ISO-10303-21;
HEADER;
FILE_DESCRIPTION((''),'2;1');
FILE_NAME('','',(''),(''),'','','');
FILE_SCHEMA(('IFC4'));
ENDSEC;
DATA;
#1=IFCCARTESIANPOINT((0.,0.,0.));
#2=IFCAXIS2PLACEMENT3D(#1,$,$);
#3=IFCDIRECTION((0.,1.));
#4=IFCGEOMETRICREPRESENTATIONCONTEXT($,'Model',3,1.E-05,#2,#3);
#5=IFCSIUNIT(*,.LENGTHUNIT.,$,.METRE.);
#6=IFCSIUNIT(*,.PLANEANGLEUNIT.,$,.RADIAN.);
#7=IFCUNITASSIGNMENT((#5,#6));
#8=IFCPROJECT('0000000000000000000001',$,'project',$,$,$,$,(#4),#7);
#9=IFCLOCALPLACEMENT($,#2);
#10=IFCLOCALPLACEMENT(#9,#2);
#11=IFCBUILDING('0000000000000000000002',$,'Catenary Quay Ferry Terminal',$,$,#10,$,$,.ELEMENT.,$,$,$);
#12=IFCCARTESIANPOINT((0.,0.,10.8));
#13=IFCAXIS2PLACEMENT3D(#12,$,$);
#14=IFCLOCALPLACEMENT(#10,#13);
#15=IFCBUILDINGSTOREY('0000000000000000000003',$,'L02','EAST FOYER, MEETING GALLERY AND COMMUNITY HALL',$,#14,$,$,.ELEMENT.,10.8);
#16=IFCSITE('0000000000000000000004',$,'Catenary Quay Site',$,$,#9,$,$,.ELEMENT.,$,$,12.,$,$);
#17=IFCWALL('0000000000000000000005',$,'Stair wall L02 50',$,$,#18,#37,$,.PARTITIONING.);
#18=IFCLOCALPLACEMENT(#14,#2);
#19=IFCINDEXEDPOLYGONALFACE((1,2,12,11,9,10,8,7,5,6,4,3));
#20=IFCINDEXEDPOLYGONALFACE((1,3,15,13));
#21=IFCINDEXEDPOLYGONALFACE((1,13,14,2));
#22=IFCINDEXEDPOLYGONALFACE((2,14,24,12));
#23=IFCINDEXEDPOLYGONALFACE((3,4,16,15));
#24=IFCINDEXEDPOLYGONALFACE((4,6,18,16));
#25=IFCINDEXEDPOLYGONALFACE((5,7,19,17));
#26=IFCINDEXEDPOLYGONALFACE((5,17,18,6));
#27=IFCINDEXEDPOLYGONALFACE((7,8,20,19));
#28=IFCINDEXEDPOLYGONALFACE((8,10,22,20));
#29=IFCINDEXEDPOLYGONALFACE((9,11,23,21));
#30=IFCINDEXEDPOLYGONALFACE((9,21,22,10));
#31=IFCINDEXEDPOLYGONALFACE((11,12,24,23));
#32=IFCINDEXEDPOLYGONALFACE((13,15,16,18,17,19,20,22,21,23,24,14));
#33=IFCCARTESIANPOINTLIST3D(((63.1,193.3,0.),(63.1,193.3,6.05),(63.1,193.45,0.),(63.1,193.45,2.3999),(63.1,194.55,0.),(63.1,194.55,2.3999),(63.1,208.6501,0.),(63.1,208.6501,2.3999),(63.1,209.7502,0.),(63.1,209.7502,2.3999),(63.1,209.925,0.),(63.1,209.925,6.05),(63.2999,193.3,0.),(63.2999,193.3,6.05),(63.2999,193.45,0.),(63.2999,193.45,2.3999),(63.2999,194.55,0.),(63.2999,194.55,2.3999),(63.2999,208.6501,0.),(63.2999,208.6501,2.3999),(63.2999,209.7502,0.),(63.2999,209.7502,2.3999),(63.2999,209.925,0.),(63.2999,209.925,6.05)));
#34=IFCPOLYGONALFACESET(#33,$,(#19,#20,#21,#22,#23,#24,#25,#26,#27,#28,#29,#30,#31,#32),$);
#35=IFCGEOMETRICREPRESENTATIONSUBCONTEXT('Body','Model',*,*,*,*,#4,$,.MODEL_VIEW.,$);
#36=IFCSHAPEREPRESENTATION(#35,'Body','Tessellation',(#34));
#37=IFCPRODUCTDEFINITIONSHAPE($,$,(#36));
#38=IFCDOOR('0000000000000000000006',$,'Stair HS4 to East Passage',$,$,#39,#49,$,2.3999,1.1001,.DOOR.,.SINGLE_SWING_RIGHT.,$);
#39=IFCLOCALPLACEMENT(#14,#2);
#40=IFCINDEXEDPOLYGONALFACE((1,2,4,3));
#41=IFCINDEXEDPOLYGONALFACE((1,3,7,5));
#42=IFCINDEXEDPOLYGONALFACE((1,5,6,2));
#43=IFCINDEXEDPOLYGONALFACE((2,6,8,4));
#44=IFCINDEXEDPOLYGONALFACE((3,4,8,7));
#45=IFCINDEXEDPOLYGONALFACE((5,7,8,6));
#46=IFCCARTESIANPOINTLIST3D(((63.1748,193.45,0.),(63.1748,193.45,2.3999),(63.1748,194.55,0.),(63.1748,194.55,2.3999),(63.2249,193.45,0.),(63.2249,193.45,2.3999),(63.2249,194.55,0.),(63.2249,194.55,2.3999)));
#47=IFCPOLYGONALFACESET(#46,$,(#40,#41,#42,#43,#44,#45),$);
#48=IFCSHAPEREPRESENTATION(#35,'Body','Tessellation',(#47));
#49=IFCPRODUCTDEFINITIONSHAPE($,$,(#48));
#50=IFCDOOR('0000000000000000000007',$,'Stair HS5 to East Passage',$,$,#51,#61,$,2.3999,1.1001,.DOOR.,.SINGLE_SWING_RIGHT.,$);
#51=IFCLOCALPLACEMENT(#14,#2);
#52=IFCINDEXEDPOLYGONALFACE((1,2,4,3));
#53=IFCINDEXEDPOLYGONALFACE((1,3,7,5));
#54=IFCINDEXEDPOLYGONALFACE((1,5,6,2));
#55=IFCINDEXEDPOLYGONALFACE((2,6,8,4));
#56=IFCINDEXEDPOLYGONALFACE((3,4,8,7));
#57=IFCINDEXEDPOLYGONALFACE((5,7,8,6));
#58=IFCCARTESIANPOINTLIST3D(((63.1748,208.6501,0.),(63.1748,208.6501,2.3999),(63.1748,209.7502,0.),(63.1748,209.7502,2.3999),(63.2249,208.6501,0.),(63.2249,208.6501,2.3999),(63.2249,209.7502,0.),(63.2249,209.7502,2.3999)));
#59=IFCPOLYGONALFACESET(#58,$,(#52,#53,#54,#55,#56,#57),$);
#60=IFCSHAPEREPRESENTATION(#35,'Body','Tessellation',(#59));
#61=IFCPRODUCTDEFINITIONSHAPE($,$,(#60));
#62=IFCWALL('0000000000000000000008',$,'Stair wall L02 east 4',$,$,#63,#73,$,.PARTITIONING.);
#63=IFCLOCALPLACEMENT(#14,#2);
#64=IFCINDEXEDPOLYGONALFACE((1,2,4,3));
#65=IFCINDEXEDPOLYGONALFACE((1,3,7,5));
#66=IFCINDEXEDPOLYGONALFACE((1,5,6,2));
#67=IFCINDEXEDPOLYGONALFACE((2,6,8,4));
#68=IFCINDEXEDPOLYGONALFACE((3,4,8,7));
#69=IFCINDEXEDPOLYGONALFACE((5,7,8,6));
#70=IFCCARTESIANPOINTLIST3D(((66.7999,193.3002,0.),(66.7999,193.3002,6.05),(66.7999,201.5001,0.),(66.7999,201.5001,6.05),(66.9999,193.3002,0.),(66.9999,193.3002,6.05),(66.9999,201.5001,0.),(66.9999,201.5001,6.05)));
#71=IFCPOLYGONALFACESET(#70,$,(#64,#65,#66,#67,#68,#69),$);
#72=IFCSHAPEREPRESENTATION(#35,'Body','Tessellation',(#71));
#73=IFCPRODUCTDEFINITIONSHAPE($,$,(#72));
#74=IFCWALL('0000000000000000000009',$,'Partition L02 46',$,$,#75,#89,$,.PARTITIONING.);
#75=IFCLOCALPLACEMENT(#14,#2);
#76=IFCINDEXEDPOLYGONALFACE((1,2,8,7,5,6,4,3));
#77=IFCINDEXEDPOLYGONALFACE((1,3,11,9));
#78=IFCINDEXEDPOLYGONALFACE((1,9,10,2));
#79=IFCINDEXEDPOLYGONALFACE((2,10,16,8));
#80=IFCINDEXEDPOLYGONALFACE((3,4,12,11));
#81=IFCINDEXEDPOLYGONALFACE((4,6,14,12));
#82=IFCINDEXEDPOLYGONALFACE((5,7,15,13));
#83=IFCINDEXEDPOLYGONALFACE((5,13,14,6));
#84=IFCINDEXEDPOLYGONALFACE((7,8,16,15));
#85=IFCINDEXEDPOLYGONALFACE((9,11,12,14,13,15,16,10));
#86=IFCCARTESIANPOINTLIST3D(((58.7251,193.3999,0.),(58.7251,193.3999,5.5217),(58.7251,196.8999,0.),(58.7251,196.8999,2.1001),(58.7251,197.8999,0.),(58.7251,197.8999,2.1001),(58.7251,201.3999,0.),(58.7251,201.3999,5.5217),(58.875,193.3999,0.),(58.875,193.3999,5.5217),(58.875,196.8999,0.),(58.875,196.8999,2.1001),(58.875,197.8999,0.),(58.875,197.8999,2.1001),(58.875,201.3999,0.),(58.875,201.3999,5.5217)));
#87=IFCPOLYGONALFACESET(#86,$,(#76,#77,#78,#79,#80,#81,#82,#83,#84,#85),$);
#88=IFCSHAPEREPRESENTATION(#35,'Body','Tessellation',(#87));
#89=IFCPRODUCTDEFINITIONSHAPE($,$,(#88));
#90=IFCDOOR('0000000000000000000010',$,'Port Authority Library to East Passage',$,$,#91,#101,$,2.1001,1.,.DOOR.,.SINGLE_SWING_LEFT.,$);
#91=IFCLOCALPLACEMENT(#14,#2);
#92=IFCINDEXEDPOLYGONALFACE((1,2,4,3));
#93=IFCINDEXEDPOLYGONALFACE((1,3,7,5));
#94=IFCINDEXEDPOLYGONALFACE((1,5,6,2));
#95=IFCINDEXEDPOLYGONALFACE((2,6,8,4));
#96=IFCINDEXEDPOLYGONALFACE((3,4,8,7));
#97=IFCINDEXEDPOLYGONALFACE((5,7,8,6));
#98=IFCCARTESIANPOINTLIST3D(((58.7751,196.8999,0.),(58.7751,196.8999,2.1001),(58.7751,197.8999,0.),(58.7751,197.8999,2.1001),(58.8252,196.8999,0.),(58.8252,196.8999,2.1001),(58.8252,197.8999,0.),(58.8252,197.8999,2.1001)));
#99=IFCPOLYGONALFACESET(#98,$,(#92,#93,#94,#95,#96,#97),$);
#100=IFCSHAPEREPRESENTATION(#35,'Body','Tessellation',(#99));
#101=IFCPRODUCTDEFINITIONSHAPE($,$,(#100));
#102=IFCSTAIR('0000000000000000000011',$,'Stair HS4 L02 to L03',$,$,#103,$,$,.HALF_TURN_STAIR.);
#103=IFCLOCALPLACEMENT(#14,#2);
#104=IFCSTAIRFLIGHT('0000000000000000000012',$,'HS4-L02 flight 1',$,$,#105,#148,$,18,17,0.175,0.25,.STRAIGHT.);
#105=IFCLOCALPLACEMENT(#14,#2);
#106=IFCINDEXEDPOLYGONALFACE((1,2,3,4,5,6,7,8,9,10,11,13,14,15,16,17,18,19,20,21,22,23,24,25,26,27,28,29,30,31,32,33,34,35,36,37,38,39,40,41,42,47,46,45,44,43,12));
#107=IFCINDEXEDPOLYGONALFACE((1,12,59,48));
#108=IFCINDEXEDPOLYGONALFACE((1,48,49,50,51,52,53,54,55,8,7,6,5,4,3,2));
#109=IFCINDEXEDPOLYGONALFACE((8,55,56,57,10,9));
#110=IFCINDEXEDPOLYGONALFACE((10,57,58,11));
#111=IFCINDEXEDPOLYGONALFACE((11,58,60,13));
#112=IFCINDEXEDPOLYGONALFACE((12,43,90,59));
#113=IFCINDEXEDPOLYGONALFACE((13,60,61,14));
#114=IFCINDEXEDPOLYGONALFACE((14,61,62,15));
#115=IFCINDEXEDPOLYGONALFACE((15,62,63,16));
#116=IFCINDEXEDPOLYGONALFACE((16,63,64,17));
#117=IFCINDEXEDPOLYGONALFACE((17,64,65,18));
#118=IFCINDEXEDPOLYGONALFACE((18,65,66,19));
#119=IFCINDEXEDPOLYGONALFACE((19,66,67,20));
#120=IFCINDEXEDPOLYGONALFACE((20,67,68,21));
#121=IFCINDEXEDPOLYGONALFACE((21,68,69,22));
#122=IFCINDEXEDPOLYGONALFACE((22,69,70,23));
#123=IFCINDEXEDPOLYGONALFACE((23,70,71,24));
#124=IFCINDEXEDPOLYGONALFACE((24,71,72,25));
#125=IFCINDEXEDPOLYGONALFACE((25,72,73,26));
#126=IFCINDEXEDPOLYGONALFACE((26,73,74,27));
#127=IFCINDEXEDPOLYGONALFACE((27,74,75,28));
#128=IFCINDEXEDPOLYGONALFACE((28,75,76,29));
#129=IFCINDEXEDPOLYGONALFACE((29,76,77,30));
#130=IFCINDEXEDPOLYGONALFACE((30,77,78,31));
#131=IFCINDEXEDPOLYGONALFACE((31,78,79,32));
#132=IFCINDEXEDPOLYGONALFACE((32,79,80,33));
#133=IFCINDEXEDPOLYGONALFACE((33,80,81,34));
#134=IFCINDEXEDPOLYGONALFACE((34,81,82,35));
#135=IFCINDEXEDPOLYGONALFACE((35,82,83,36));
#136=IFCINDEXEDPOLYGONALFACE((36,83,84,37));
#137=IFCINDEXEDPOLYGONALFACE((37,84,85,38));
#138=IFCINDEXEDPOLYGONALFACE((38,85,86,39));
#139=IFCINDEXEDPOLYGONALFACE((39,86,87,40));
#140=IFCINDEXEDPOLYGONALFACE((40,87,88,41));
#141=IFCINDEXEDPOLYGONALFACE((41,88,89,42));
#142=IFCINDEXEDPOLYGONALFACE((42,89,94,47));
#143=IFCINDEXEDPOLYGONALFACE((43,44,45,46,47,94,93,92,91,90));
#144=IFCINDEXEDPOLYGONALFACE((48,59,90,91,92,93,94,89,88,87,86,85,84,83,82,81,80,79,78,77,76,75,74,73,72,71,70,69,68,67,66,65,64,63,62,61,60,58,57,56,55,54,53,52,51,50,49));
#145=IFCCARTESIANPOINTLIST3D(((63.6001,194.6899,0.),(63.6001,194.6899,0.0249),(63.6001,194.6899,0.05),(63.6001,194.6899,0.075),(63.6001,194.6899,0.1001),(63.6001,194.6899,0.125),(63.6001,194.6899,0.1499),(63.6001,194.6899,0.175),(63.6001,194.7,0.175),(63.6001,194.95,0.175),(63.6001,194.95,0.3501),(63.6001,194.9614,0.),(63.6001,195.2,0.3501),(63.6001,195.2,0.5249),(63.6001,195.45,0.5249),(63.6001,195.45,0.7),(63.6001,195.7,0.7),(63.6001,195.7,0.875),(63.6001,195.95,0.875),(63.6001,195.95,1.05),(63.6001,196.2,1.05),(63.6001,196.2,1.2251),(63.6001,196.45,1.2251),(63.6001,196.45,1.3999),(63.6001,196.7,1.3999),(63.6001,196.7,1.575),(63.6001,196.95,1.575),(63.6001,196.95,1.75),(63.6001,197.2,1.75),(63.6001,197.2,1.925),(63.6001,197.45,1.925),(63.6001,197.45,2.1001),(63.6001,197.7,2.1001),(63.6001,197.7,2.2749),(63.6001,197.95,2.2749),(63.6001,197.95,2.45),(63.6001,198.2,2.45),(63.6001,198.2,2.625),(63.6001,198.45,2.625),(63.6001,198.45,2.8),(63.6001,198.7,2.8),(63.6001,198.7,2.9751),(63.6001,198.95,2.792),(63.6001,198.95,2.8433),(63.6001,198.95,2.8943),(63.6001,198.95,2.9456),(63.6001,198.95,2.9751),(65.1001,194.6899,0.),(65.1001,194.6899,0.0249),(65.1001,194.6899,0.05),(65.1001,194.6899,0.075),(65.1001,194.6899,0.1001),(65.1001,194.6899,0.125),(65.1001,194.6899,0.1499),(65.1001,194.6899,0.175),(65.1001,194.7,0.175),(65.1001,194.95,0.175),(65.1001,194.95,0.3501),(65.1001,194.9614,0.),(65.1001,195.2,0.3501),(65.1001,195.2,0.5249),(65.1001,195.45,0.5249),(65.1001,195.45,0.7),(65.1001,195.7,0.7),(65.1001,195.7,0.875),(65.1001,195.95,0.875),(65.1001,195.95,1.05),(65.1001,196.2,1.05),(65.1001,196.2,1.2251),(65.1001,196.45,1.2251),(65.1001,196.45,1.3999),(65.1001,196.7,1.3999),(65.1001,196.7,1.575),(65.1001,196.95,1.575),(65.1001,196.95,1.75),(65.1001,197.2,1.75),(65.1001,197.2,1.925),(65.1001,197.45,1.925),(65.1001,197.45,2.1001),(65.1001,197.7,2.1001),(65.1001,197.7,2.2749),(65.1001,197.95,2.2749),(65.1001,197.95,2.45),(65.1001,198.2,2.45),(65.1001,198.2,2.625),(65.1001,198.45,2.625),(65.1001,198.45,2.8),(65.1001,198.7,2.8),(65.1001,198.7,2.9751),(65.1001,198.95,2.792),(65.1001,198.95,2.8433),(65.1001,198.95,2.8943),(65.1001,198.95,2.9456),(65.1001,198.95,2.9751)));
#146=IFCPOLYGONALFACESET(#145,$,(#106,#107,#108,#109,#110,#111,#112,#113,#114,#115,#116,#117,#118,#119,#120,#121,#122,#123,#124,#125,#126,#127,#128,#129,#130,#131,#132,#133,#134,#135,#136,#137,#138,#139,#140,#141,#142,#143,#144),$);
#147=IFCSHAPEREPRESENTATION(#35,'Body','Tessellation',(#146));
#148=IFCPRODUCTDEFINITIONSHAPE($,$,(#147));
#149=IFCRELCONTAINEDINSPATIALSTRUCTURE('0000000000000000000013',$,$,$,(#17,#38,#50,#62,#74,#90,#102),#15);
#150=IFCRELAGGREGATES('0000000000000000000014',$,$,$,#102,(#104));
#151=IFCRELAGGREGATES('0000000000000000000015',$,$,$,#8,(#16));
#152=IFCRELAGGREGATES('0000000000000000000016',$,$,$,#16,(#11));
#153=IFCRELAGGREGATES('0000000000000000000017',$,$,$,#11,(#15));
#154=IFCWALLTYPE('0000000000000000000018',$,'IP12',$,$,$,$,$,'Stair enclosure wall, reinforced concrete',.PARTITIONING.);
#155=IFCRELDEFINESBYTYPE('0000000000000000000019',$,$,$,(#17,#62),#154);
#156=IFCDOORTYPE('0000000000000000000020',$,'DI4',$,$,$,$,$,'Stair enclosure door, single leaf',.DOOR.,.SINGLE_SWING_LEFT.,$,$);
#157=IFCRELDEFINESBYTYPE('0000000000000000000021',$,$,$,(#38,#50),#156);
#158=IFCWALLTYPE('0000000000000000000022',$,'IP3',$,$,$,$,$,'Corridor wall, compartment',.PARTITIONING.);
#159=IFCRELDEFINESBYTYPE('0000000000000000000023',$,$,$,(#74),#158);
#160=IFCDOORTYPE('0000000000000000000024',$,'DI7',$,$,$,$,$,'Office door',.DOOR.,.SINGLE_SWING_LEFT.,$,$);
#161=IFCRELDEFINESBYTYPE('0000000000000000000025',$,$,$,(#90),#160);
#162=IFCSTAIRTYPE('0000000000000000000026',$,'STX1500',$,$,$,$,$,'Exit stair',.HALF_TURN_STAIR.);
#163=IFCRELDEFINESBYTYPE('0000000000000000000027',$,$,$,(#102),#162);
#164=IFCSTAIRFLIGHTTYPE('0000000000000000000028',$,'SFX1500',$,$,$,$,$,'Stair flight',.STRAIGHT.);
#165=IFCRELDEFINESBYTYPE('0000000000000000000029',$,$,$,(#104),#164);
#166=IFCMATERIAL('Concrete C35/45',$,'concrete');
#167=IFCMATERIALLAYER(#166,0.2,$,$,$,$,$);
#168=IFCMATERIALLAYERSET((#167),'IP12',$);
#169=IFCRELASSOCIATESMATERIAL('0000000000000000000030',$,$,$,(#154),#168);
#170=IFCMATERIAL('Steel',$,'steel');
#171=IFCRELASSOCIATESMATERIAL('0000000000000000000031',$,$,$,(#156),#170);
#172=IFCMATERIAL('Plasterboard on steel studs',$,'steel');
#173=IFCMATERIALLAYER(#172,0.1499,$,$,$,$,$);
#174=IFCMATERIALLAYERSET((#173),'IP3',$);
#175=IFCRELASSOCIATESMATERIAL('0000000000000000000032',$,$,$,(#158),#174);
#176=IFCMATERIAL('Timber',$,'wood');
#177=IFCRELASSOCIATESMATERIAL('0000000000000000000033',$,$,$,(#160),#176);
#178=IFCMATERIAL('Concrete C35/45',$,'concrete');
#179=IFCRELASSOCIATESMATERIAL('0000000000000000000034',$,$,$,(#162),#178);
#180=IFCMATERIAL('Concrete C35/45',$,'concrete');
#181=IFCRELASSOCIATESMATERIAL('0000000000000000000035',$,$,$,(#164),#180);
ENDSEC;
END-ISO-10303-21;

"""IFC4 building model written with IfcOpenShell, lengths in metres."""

from ifc_helpers import new_model, si_unit, direction, frame, frame_2d, origin, place, context, subcontext, project, spatial, polyline, rectangle, outline, extrude, material, layer, layer_set, type_object, element, fill, aggregate, save


model = new_model("IFC4")

# Units and contexts
model_context = context("Model", 3, precision=1e-05, world=origin(), true_north=direction((0.0, 1.0)))
body_context = subcontext(model_context, "Body", "Model", "MODEL_VIEW")
ifc_project = project(units=[si_unit("LENGTHUNIT", "METRE"), si_unit("PLANEANGLEUNIT", "RADIAN")], contexts=[model_context])

# Site, building, storey
site_placement = place(None, origin())
site = spatial("IfcSite", under=ifc_project, at=site_placement, Name="Catenary Quay Site", CompositionType="ELEMENT", RefElevation=12.0)
building_placement = place(site_placement, origin())
building = spatial("IfcBuilding", under=site, at=building_placement, Name="Catenary Quay Ferry Terminal", CompositionType="ELEMENT")
storey_placement = place(building_placement, frame((0.0, 0.0, 10.8)))
storey = spatial("IfcBuildingStorey", under=building, at=storey_placement, Name="L02", Description="EAST FOYER, MEETING GALLERY AND COMMUNITY HALL", CompositionType="ELEMENT", Elevation=10.8)

# Shared definitions
ifc_material_1 = material(Name="Concrete C35/45", Category="concrete")
ifc_layer_1 = layer(ifc_material_1, 0.2)
ifc_layer_set_1 = layer_set([ifc_layer_1], Name="IP12")
wall_type_1 = type_object("IfcWallType", Name="IP12", ElementType="Stair enclosure wall, reinforced concrete", PredefinedType="PARTITIONING", material=ifc_layer_set_1)

# Wall, openings, doors
wall_1_placement = place(storey_placement, frame((63.2, 193.3, 0.0), z_axis=(0.0, 0.0, 1.0), x_axis=(0.0, 1.0, 0.0)))
wall_1 = element("IfcWall", 1, at=wall_1_placement, inside=storey, type_object=wall_type_1, Name="Stair wall L02 50", PredefinedType="PARTITIONING", context=body_context, shape_type="SweptSolid", body=[
    extrude(rectangle(XDim=16.625, YDim=0.2, at=frame_2d((8.3125, 0.0))), origin(), (0.0, 0.0, 1.0), 6.05),
])
opening_1_placement = place(wall_1_placement, frame((0.1499, 0.0, 0.0)))
opening_1 = element("IfcOpeningElement", 2, at=opening_1_placement, cuts=wall_1, PredefinedType="OPENING", context=body_context, shape_type="SweptSolid", body=[
    extrude(rectangle(XDim=1.1001, YDim=2.3999, at=frame_2d((0.55, 1.2))), frame((0.0, 0.1099, 0.0), z_axis=(0.0, -1.0, 0.0), x_axis=(1.0, 0.0, 0.0)), (0.0, 0.0, 1.0), 0.22),
])
opening_2_placement = place(wall_1_placement, frame((15.3501, 0.0, 0.0)))
opening_2 = element("IfcOpeningElement", 3, at=opening_2_placement, cuts=wall_1, PredefinedType="OPENING", context=body_context, shape_type="SweptSolid", body=[
    extrude(rectangle(XDim=1.1001, YDim=2.3999, at=frame_2d((0.55, 1.2))), frame((0.0, 0.1099, 0.0), z_axis=(0.0, -1.0, 0.0), x_axis=(1.0, 0.0, 0.0)), (0.0, 0.0, 1.0), 0.22),
])
ifc_material_2 = material(Name="Steel", Category="steel")
door_type_1 = type_object("IfcDoorType", Name="DI4", ElementType="Stair enclosure door, single leaf", OperationType="SINGLE_SWING_LEFT", PredefinedType="DOOR", material=ifc_material_2)
door_1_placement = place(opening_1_placement, frame((1.1001, 0.0, 0.0), z_axis=(0.0, 0.0, 1.0), x_axis=(-1.0, 0.0, 0.0)))
door_1 = element("IfcDoor", 4, at=door_1_placement, inside=storey, type_object=door_type_1, Name="Stair HS4 to East Passage", OperationType="SINGLE_SWING_RIGHT", OverallHeight=2.3999, OverallWidth=1.1001, PredefinedType="DOOR", context=body_context, shape_type="SweptSolid", body=[
    extrude(rectangle(XDim=1.1001, YDim=2.3999, at=frame_2d((0.55, 1.2))), frame((0.0, 0.0249, 0.0), z_axis=(0.0, -1.0, 0.0), x_axis=(1.0, 0.0, 0.0)), (0.0, 0.0, 1.0), 0.05),
])
fill(opening_1, door_1)
door_2_placement = place(opening_2_placement, frame((1.1001, 0.0, 0.0), z_axis=(0.0, 0.0, 1.0), x_axis=(-1.0, 0.0, 0.0)))
door_2 = element("IfcDoor", 5, at=door_2_placement, inside=storey, type_object=door_type_1, Name="Stair HS5 to East Passage", OperationType="SINGLE_SWING_RIGHT", OverallHeight=2.3999, OverallWidth=1.1001, PredefinedType="DOOR", context=body_context, shape_type="SweptSolid", body=[
    extrude(rectangle(XDim=1.1001, YDim=2.3999, at=frame_2d((0.55, 1.2))), frame((0.0, 0.0249, 0.0), z_axis=(0.0, -1.0, 0.0), x_axis=(1.0, 0.0, 0.0)), (0.0, 0.0, 1.0), 0.05),
])
fill(opening_2, door_2)

# Wall
wall_2_placement = place(storey_placement, frame((66.8999, 193.3, 0.0), z_axis=(0.0, 0.0, 1.0), x_axis=(0.0, 1.0, 0.0)))
element("IfcWall", 6, at=wall_2_placement, inside=storey, type_object=wall_type_1, Name="Stair wall L02 east 4", PredefinedType="PARTITIONING", context=body_context, shape_type="SweptSolid", body=[
    extrude(rectangle(XDim=8.2, YDim=0.2, at=frame_2d((4.1001, 0.0))), origin(), (0.0, 0.0, 1.0), 6.05),
])

# Wall, opening, door
ifc_material_3 = material(Name="Plasterboard on steel studs", Category="steel")
ifc_layer_2 = layer(ifc_material_3, 0.1499)
ifc_layer_set_2 = layer_set([ifc_layer_2], Name="IP3")
wall_type_2 = type_object("IfcWallType", Name="IP3", ElementType="Corridor wall, compartment", PredefinedType="PARTITIONING", material=ifc_layer_set_2)
wall_3_placement = place(storey_placement, frame((58.8, 193.3999, 0.0), z_axis=(0.0, 0.0, 1.0), x_axis=(0.0, 1.0, 0.0)))
wall_3 = element("IfcWall", 7, at=wall_3_placement, inside=storey, type_object=wall_type_2, Name="Partition L02 46", PredefinedType="PARTITIONING", context=body_context, shape_type="SweptSolid", body=[
    extrude(rectangle(XDim=8.0, YDim=0.1499, at=frame_2d((4.0, 0.0))), origin(), (0.0, 0.0, 1.0), 5.5217),
])
opening_3_placement = place(wall_3_placement, frame((3.5, 0.0, 0.0)))
opening_3 = element("IfcOpeningElement", 8, at=opening_3_placement, cuts=wall_3, PredefinedType="OPENING", context=body_context, shape_type="SweptSolid", body=[
    extrude(rectangle(XDim=1.0, YDim=2.1001, at=frame_2d((0.5, 1.05))), frame((0.0, 0.085, 0.0), z_axis=(0.0, -1.0, 0.0), x_axis=(1.0, 0.0, 0.0)), (0.0, 0.0, 1.0), 0.1699),
])
ifc_material_4 = material(Name="Timber", Category="wood")
door_type_2 = type_object("IfcDoorType", Name="DI7", ElementType="Office door", OperationType="SINGLE_SWING_LEFT", PredefinedType="DOOR", material=ifc_material_4)
door_3_placement = place(opening_3_placement, origin())
door_3 = element("IfcDoor", 9, at=door_3_placement, inside=storey, type_object=door_type_2, Name="Port Authority Library to East Passage", OperationType="SINGLE_SWING_LEFT", OverallHeight=2.1001, OverallWidth=1.0, PredefinedType="DOOR", context=body_context, shape_type="SweptSolid", body=[
    extrude(rectangle(XDim=1.0, YDim=2.1001, at=frame_2d((0.5, 1.05))), frame((0.0, 0.0249, 0.0), z_axis=(0.0, -1.0, 0.0), x_axis=(1.0, 0.0, 0.0)), (0.0, 0.0, 1.0), 0.05),
])
fill(opening_3, door_3)

# Stair, stair flight
ifc_material_5 = material(Name="Concrete C35/45", Category="concrete")
stair_type = type_object("IfcStairType", Name="STX1500", ElementType="Exit stair", PredefinedType="HALF_TURN_STAIR", material=ifc_material_5)
stair_placement = place(storey_placement, origin())
stair = element("IfcStair", 10, at=stair_placement, inside=storey, type_object=stair_type, Name="Stair HS4 L02 to L03", PredefinedType="HALF_TURN_STAIR")
ifc_material_6 = material(Name="Concrete C35/45", Category="concrete")
stair_flight_type = type_object("IfcStairFlightType", Name="SFX1500", ElementType="Stair flight", PredefinedType="STRAIGHT", material=ifc_material_6)
stair_flight_placement = place(storey_placement, frame((64.3501, 194.7, 0.0), z_axis=(0.0, 0.0, 1.0), x_axis=(0.0, 1.0, 0.0)))
stair_flight = element("IfcStairFlight", 11, at=stair_flight_placement, type_object=stair_flight_type, Name="HS4-L02 flight 1", NumberOfRisers=18, NumberOfTreads=17, PredefinedType="STRAIGHT", RiserHeight=0.175, TreadLength=0.25, context=body_context, shape_type="SweptSolid", body=[
    extrude(outline(polyline([(-0.01, 0.0), (-0.01, 0.0249), (-0.01, 0.05), (-0.01, 0.075), (-0.01, 0.1001), (-0.01, 0.125), (-0.01, 0.1499), (-0.01, 0.175), (0.0, 0.175), (0.25, 0.175), (0.25, 0.3501), (0.5, 0.3501), (0.5, 0.5249), (0.75, 0.5249), (0.75, 0.7), (1.0, 0.7), (1.0, 0.875), (1.25, 0.875), (1.25, 1.05), (1.5, 1.05), (1.5, 1.2251), (1.75, 1.2251), (1.75, 1.3999), (2.0, 1.3999), (2.0, 1.575), (2.25, 1.575), (2.25, 1.75), (2.5, 1.75), (2.5, 1.925), (2.75, 1.925), (2.75, 2.1001), (3.0, 2.1001), (3.0, 2.2749), (3.25, 2.2749), (3.25, 2.45), (3.5, 2.45), (3.5, 2.625), (3.75, 2.625), (3.75, 2.8), (4.0, 2.8), (4.0, 2.9751), (4.25, 2.9751), (4.25, 3.1499), (4.25, 3.0989), (4.25, 3.0476), (4.25, 2.9966), (4.25, 2.9456), (4.25, 2.8943), (4.25, 2.8433), (4.25, 2.792), (0.2615, 0.0), (-0.01, 0.0)])), frame((0.0, 0.75, 0.0), z_axis=(0.0, -1.0, 0.0), x_axis=(1.0, 0.0, 0.0)), (0.0, 0.0, 1.0), 1.5),
])
aggregate(stair, [stair_flight])

save(model, "model.ifc")
